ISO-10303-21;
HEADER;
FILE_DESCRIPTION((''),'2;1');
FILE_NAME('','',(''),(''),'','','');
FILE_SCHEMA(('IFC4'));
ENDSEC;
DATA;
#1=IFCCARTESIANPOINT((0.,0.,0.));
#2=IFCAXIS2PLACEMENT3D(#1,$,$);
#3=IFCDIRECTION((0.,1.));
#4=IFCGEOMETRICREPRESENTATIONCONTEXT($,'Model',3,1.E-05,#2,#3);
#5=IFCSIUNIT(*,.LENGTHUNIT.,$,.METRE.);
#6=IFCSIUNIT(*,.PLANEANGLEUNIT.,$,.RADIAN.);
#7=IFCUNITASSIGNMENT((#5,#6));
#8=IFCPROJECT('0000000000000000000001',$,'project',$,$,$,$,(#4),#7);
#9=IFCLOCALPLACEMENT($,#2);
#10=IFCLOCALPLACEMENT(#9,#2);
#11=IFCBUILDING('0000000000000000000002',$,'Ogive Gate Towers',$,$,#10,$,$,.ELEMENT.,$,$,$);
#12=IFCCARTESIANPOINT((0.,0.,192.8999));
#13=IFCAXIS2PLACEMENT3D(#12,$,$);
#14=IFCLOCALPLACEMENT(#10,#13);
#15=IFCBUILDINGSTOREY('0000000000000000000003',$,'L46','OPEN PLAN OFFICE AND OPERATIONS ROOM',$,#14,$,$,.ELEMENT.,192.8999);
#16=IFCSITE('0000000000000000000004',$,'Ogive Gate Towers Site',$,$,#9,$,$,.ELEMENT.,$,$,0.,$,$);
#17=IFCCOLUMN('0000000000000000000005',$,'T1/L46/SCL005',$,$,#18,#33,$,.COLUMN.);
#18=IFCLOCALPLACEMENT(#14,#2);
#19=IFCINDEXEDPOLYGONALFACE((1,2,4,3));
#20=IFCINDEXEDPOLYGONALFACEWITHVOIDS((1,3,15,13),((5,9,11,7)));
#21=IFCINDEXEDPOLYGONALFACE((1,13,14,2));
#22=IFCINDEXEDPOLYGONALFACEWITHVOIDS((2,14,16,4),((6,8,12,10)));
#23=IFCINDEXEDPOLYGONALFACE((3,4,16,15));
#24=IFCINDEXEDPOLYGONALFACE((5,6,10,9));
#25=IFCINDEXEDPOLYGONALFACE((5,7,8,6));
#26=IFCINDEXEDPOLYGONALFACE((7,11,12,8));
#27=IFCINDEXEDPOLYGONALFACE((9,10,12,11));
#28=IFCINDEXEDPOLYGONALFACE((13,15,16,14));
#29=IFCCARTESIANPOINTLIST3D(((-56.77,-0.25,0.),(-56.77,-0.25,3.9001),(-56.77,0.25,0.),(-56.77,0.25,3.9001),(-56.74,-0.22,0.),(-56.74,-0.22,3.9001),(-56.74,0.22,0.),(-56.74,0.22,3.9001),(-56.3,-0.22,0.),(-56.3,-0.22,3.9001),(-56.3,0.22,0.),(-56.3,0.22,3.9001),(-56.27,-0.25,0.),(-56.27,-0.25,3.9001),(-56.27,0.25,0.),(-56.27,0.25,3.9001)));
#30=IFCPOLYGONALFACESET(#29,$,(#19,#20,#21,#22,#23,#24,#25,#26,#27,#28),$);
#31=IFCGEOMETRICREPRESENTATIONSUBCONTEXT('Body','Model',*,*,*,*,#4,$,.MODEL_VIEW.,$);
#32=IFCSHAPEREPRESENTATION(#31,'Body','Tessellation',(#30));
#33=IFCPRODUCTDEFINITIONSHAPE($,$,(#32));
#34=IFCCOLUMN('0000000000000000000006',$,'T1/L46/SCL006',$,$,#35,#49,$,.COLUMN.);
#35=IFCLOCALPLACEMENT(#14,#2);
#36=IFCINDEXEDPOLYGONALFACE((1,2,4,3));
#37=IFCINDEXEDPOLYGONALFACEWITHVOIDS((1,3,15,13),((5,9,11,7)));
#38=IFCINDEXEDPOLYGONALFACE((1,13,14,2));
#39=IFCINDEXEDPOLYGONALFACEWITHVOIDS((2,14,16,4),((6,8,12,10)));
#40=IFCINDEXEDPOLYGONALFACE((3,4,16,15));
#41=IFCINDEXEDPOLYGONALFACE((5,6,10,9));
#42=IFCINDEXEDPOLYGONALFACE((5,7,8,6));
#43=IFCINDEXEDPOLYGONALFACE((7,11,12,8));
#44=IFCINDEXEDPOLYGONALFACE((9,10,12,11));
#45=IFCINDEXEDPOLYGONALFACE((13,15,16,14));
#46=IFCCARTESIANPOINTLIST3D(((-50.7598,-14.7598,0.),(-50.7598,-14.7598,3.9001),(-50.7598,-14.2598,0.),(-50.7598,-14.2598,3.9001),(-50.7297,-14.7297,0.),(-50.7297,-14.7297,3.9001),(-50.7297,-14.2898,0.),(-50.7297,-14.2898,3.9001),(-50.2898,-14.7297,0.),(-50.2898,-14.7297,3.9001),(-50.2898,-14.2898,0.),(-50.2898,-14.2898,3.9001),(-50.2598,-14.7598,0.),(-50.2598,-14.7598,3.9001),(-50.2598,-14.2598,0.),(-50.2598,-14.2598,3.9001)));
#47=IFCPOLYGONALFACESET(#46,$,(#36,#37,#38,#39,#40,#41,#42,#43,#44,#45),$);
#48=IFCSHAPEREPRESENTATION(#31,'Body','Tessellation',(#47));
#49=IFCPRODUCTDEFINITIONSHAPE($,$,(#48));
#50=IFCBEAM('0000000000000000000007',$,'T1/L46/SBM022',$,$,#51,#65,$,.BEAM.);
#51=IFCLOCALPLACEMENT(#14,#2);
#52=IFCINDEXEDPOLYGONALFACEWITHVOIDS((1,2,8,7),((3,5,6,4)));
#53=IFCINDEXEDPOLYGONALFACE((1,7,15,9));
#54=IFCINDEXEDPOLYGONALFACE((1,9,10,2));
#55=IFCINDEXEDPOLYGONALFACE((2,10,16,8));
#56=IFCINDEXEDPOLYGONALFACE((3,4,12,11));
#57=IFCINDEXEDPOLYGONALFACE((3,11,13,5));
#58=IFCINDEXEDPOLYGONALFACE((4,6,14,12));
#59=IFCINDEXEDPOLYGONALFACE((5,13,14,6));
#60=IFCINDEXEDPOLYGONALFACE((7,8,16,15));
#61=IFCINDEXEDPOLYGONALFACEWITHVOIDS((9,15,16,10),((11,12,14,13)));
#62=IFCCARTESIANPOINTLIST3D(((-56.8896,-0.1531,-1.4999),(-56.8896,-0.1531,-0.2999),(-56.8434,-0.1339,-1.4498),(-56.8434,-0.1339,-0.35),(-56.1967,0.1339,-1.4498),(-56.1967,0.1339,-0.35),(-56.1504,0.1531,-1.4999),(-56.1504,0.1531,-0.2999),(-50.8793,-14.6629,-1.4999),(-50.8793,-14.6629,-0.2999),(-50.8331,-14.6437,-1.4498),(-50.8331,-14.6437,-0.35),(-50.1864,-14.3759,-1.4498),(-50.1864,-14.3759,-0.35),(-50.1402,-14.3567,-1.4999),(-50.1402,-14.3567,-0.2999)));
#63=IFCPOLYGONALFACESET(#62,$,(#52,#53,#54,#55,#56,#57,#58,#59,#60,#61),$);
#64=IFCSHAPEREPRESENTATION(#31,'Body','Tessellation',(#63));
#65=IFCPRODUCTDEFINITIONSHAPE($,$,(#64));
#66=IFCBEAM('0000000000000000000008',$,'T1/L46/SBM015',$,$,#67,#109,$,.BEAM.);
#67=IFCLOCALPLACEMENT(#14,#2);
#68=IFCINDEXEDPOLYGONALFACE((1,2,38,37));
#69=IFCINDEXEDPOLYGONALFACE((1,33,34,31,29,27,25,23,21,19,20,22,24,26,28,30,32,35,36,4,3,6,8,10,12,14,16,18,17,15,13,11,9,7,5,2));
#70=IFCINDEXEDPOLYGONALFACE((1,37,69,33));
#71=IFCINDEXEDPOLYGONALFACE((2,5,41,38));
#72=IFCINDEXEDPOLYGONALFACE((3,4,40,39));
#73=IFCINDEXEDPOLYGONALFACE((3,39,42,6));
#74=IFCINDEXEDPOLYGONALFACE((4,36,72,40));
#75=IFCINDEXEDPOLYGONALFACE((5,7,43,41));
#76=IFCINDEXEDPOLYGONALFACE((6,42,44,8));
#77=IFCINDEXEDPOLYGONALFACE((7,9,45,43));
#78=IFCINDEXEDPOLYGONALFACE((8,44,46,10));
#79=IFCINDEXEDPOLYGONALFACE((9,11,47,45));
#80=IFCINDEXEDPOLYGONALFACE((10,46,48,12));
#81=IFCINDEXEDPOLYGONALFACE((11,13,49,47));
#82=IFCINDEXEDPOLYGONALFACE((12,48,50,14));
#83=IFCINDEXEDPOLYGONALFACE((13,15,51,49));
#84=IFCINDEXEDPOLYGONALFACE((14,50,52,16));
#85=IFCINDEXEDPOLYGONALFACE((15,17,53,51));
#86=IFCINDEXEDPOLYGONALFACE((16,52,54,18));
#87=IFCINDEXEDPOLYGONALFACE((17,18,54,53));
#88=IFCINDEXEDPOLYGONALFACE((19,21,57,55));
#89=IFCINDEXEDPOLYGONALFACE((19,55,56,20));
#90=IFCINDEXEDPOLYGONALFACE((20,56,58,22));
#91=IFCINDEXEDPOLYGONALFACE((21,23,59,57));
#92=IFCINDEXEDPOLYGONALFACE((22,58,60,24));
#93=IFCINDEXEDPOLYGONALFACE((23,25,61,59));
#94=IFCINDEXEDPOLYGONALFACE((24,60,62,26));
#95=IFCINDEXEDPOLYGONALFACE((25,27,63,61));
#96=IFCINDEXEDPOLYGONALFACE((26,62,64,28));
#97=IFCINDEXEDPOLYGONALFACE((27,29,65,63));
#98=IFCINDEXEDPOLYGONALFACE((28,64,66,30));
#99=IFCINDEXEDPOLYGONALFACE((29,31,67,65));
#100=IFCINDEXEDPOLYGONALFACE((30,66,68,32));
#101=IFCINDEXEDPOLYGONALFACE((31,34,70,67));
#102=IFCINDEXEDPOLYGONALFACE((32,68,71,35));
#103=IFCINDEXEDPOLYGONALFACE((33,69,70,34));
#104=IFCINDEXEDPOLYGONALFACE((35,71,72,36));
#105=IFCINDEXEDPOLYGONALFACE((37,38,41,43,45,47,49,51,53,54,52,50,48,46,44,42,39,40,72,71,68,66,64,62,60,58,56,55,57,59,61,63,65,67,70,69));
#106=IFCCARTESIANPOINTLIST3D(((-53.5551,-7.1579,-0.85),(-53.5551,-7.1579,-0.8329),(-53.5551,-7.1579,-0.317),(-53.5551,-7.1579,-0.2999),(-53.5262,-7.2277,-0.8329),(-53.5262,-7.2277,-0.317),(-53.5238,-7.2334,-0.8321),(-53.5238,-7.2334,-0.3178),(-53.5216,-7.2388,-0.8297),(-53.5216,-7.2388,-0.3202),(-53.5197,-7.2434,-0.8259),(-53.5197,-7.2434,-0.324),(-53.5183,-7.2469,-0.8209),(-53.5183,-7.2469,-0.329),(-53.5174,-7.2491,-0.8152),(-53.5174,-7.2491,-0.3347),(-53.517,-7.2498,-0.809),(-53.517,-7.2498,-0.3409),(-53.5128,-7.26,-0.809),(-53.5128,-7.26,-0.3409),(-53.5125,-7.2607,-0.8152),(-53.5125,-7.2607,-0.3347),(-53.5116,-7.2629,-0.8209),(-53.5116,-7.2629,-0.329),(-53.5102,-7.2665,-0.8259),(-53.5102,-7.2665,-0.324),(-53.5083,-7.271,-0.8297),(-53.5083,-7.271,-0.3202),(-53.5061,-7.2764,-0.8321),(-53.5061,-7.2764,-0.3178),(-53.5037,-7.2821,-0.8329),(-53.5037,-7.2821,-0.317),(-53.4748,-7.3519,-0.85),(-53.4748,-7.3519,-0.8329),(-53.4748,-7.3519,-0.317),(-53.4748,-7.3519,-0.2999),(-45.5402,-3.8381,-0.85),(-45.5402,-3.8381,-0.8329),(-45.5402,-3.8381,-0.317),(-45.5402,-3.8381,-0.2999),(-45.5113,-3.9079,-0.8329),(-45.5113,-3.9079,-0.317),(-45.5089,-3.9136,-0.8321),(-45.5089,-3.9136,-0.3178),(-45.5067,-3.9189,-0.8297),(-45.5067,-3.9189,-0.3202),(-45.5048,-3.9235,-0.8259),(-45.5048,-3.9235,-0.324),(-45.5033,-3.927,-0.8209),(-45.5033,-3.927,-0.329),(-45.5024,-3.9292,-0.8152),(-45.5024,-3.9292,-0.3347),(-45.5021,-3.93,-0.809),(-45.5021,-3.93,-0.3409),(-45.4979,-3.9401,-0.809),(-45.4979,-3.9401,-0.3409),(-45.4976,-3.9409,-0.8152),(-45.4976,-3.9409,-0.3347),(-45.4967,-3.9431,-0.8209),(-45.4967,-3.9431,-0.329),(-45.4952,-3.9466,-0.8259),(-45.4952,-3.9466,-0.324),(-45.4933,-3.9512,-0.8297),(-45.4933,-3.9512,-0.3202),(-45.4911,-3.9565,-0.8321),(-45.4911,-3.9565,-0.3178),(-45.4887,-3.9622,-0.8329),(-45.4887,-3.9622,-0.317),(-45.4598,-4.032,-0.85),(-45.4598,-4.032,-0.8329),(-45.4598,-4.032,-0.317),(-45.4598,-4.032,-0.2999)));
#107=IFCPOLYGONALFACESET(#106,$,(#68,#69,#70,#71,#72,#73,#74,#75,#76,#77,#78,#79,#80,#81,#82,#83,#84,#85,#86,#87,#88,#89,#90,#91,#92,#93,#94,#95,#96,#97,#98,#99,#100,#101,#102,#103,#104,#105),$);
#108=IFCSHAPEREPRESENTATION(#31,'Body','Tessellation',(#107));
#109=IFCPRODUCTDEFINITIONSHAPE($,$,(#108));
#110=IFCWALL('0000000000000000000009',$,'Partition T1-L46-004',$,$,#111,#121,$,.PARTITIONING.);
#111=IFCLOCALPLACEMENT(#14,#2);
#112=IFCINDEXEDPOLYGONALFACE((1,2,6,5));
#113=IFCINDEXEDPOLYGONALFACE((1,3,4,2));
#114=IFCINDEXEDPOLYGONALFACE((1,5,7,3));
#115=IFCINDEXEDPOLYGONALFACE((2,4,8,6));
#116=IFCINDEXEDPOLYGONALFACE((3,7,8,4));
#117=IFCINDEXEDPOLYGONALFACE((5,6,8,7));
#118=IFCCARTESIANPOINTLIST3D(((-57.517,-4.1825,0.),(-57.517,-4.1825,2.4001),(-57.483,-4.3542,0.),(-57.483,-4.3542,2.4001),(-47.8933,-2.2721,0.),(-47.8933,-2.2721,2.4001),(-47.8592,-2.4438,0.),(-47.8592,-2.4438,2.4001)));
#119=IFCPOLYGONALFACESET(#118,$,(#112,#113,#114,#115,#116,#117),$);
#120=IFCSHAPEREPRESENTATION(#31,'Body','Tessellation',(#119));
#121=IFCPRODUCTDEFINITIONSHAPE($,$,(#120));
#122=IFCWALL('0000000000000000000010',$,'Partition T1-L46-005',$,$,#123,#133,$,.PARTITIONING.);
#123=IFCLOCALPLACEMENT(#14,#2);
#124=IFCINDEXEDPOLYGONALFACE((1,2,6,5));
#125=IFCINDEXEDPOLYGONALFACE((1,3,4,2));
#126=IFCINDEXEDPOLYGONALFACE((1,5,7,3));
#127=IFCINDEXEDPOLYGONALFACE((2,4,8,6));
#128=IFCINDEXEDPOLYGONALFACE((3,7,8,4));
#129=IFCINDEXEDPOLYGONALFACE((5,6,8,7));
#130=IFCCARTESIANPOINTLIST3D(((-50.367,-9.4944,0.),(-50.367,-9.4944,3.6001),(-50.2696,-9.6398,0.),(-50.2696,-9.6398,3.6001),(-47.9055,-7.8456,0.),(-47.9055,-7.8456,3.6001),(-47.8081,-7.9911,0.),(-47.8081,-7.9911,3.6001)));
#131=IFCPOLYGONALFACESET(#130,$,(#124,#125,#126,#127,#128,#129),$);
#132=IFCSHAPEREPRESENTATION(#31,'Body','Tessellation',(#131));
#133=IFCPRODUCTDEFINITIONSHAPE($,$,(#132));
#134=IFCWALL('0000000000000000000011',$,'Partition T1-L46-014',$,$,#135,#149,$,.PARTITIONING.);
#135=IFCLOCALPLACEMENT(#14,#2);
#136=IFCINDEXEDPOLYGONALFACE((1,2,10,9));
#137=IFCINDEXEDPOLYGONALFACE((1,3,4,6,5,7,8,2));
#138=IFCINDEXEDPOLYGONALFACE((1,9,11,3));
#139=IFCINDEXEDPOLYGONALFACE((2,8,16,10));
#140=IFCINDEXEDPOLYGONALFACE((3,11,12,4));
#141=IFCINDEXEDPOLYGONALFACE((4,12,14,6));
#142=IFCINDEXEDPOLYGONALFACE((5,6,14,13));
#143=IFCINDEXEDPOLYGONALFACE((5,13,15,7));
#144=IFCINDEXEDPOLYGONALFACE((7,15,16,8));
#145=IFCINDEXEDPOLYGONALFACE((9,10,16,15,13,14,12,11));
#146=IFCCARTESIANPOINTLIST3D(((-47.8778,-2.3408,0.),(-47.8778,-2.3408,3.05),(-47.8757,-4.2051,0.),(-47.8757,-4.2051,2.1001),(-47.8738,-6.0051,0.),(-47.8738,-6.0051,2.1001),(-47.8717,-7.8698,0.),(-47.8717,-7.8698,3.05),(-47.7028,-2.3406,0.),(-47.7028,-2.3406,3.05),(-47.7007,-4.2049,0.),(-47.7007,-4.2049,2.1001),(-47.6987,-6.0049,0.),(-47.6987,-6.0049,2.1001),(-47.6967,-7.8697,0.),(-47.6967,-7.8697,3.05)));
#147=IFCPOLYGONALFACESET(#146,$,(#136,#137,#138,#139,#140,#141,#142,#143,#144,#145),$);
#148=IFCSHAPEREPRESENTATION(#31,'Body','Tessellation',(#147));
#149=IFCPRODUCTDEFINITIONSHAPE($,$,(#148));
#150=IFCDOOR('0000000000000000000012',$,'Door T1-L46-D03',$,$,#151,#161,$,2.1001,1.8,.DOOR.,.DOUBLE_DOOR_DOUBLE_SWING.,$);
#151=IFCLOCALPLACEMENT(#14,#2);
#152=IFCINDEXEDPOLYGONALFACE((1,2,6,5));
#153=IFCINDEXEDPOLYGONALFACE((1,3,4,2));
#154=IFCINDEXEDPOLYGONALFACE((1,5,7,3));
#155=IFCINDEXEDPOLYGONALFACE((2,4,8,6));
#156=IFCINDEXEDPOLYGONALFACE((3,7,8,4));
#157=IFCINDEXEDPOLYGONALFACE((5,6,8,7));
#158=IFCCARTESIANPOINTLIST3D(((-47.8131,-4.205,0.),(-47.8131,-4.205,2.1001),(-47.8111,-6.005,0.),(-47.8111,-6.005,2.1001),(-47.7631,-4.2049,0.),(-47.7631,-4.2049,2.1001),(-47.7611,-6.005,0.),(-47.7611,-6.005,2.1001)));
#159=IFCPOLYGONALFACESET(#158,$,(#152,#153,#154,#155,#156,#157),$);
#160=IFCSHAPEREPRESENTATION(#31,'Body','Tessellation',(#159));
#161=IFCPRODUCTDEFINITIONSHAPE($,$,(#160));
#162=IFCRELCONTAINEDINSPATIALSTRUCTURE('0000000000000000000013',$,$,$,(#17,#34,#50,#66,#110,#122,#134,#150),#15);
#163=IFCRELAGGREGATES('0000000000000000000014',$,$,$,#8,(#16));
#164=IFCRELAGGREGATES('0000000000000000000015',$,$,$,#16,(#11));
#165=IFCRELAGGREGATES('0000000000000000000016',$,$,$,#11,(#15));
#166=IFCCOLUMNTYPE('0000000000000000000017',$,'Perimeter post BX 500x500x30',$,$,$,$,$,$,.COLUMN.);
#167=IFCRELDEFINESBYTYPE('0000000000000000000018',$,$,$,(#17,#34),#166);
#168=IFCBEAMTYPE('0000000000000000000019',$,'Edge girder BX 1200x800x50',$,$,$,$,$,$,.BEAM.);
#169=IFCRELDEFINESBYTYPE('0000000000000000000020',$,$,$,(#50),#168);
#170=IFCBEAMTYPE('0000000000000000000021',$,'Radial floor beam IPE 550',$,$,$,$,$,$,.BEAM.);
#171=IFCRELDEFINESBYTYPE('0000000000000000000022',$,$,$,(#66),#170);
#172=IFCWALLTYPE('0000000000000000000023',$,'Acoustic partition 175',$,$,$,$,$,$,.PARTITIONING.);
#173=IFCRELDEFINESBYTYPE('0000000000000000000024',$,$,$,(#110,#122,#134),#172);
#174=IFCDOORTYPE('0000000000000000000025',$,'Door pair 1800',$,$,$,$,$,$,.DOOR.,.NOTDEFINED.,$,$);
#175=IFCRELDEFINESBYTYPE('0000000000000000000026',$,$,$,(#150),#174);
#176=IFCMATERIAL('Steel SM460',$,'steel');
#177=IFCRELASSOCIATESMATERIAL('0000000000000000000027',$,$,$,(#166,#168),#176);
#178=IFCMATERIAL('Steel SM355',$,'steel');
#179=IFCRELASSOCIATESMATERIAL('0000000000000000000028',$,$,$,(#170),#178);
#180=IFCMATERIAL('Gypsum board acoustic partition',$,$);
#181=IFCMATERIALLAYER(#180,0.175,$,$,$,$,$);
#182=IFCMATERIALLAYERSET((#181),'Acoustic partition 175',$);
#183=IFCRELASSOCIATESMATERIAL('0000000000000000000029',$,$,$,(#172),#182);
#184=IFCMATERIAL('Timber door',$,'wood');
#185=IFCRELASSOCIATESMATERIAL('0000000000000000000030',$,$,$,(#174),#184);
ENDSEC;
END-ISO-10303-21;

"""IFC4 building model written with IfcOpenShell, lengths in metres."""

from ifc_helpers import new_model, si_unit, direction, frame, frame_2d, origin, origin_2d, place, context, subcontext, project, spatial, rectangle, hollow_rectangle, i_section, extrude, material, layer, layer_set, material_profile, profile_set, type_object, element, fill, save


model = new_model("IFC4")

# Units and contexts
model_context = context("Model", 3, precision=1e-05, world=origin(), true_north=direction((0.0, 1.0)))
body_context = subcontext(model_context, "Body", "Model", "MODEL_VIEW")
ifc_project = project(units=[si_unit("LENGTHUNIT", "METRE"), si_unit("PLANEANGLEUNIT", "RADIAN")], contexts=[model_context])

# Site, building, storey
site_placement = place(None, origin())
site = spatial("IfcSite", under=ifc_project, at=site_placement, Name="Ogive Gate Towers Site", CompositionType="ELEMENT", RefElevation=0.0)
building_placement = place(site_placement, origin())
building = spatial("IfcBuilding", under=site, at=building_placement, Name="Ogive Gate Towers", CompositionType="ELEMENT")
storey_placement = place(building_placement, frame((0.0, 0.0, 192.8999)))
storey = spatial("IfcBuildingStorey", under=building, at=storey_placement, Name="L46", Description="OPEN PLAN OFFICE AND OPERATIONS ROOM", CompositionType="ELEMENT", Elevation=192.8999)

# Columns
ifc_material_1 = material(Name="Steel SM460", Category="steel")
ifc_material_profile_1 = material_profile(ifc_material_1, hollow_rectangle(XDim=0.5, YDim=0.5, WallThickness=0.03, at=origin_2d()), Name="BX 500x500x30")
ifc_profile_set_1 = profile_set([ifc_material_profile_1], Name="Steel SM460")
column_type = type_object("IfcColumnType", Name="Perimeter post BX 500x500x30", PredefinedType="COLUMN", material=ifc_profile_set_1)
for number, where, z_axis, x_axis, name in (
    (1, (-56.52, 0.0, 0.0), (0.0, 0.0, 1.0), (1.0, 0.0, 0.0), "T1/L46/SCL005"),
    (2, (-50.5098, -14.5098, 0.0), (0.0, 0.0, 1.0), (1.0, 0.0, 0.0), "T1/L46/SCL006"),
):
    element("IfcColumn", number, at=place(storey_placement, frame(where, z_axis=z_axis, x_axis=x_axis)), inside=storey, type_object=column_type, Name=name, PredefinedType="COLUMN", context=body_context, shape_type="SweptSolid", body=[
        extrude(hollow_rectangle(XDim=0.5, YDim=0.5, WallThickness=0.03, at=origin_2d()), origin(), (0.0, 0.0, 1.0), 3.9001),
    ])

# Beams
ifc_material_profile_2 = material_profile(ifc_material_1, hollow_rectangle(XDim=0.8, YDim=1.2, WallThickness=0.05, at=origin_2d()), Name="BX 1200x800x50")
ifc_profile_set_2 = profile_set([ifc_material_profile_2], Name="Steel SM460")
beam_type_1 = type_object("IfcBeamType", Name="Edge girder BX 1200x800x50", PredefinedType="BEAM", material=ifc_profile_set_2)
beam_1_placement = place(storey_placement, frame((-56.52, 0.0, -0.8999), z_axis=(0.38269, -0.923877, 0.0), x_axis=(0.923877, 0.38269, 0.0)))
element("IfcBeam", 3, at=beam_1_placement, inside=storey, type_object=beam_type_1, Name="T1/L46/SBM022", PredefinedType="BEAM", context=body_context, shape_type="SweptSolid", body=[
    extrude(hollow_rectangle(XDim=0.8, YDim=1.2, WallThickness=0.05, at=origin_2d()), origin(), (0.0, 0.0, 1.0), 15.7053),
])
ifc_material_2 = material(Name="Steel SM355", Category="steel")
ifc_material_profile_3 = material_profile(ifc_material_2, i_section(OverallWidth=0.21, OverallDepth=0.55, WebThickness=0.011, FlangeThickness=0.0171, FilletRadius=0.0239, at=origin_2d()), Name="IPE 550")
ifc_profile_set_3 = profile_set([ifc_material_profile_3], Name="Steel SM355")
beam_type_2 = type_object("IfcBeamType", Name="Radial floor beam IPE 550", PredefinedType="BEAM", material=ifc_profile_set_3)
beam_2_placement = place(storey_placement, frame((-45.5, -3.9351, -0.575), z_axis=(-0.923882, -0.382678, 0.0), x_axis=(0.382678, -0.923882, 0.0)))
element("IfcBeam", 4, at=beam_2_placement, inside=storey, type_object=beam_type_2, Name="T1/L46/SBM015", PredefinedType="BEAM", context=body_context, shape_type="SweptSolid", body=[
    extrude(i_section(OverallWidth=0.21, OverallDepth=0.55, WebThickness=0.011, FlangeThickness=0.0171, FilletRadius=0.0239, at=origin_2d()), origin(), (0.0, 0.0, 1.0), 8.6753),
])

# Walls
ifc_material_3 = material(Name="Gypsum board acoustic partition")
ifc_layer_1 = layer(ifc_material_3, 0.175)
ifc_layer_set_1 = layer_set([ifc_layer_1], Name="Acoustic partition 175")
wall_type_1 = type_object("IfcWallType", Name="Acoustic partition 175", PredefinedType="PARTITIONING", material=ifc_layer_set_1)
wall_1_placement = place(storey_placement, frame((-57.5, -4.2683, 0.0), z_axis=(0.0, 0.0, 1.0), x_axis=(0.980861, 0.194709, 0.0)))
element("IfcWall", 5, at=wall_1_placement, inside=storey, type_object=wall_type_1, Name="Partition T1-L46-004", PredefinedType="PARTITIONING", context=body_context, shape_type="SweptSolid", body=[
    extrude(rectangle(XDim=9.8115, YDim=0.175, at=frame_2d((4.9058, 0.0))), origin(), (0.0, 0.0, 1.0), 2.4001),
])
wall_2_placement = place(storey_placement, frame((-50.3184, -9.5671, 0.0), z_axis=(0.0, 0.0, 1.0), x_axis=(0.830844, 0.556506, 0.0)))
element("IfcWall", 6, at=wall_2_placement, inside=storey, type_object=wall_type_1, Name="Partition T1-L46-005", PredefinedType="PARTITIONING", context=body_context, shape_type="SweptSolid", body=[
    extrude(rectangle(XDim=2.9626, YDim=0.175, at=frame_2d((1.4814, 0.0))), origin(), (0.0, 0.0, 1.0), 3.6001),
])

# Wall, opening, door
wall_3_placement = place(storey_placement, frame((-47.7842, -7.8699, 0.0), z_axis=(0.0, 0.0, 1.0), x_axis=(-0.001104, 0.999999, 0.0)))
wall_3 = element("IfcWall", 7, at=wall_3_placement, inside=storey, type_object=wall_type_1, Name="Partition T1-L46-014", PredefinedType="PARTITIONING", context=body_context, shape_type="SweptSolid", body=[
    extrude(rectangle(XDim=5.5291, YDim=0.175, at=frame_2d((2.7646, 0.0))), origin(), (0.0, 0.0, 1.0), 3.05),
])
opening_1_placement = place(wall_3_placement, frame((1.865, 0.0, 0.0)))
opening_1 = element("IfcOpeningElement", 8, at=opening_1_placement, cuts=wall_3, PredefinedType="OPENING", context=body_context, shape_type="SweptSolid", body=[
    extrude(rectangle(XDim=1.8, YDim=2.1001, at=frame_2d((0.8999, 1.05))), frame((0.0, 0.0977, 0.0), z_axis=(0.0, -1.0, 0.0), x_axis=(1.0, 0.0, 0.0)), (0.0, 0.0, 1.0), 0.1951),
])
ifc_material_4 = material(Name="Timber door", Category="wood")
door_type_1 = type_object("IfcDoorType", Name="Door pair 1800", OperationType="NOTDEFINED", PredefinedType="DOOR", material=ifc_material_4)
door_1_placement = place(opening_1_placement, origin())
door_1 = element("IfcDoor", 9, at=door_1_placement, inside=storey, type_object=door_type_1, Name="Door T1-L46-D03", OperationType="DOUBLE_DOOR_DOUBLE_SWING", OverallHeight=2.1001, OverallWidth=1.8, PredefinedType="DOOR", context=body_context, shape_type="SweptSolid", body=[
    extrude(rectangle(XDim=1.8, YDim=2.1001, at=frame_2d((0.8999, 1.05))), frame((0.0, 0.0249, 0.0), z_axis=(0.0, -1.0, 0.0), x_axis=(1.0, 0.0, 0.0)), (0.0, 0.0, 1.0), 0.05),
])
fill(opening_1, door_1)

save(model, "model.ifc")
